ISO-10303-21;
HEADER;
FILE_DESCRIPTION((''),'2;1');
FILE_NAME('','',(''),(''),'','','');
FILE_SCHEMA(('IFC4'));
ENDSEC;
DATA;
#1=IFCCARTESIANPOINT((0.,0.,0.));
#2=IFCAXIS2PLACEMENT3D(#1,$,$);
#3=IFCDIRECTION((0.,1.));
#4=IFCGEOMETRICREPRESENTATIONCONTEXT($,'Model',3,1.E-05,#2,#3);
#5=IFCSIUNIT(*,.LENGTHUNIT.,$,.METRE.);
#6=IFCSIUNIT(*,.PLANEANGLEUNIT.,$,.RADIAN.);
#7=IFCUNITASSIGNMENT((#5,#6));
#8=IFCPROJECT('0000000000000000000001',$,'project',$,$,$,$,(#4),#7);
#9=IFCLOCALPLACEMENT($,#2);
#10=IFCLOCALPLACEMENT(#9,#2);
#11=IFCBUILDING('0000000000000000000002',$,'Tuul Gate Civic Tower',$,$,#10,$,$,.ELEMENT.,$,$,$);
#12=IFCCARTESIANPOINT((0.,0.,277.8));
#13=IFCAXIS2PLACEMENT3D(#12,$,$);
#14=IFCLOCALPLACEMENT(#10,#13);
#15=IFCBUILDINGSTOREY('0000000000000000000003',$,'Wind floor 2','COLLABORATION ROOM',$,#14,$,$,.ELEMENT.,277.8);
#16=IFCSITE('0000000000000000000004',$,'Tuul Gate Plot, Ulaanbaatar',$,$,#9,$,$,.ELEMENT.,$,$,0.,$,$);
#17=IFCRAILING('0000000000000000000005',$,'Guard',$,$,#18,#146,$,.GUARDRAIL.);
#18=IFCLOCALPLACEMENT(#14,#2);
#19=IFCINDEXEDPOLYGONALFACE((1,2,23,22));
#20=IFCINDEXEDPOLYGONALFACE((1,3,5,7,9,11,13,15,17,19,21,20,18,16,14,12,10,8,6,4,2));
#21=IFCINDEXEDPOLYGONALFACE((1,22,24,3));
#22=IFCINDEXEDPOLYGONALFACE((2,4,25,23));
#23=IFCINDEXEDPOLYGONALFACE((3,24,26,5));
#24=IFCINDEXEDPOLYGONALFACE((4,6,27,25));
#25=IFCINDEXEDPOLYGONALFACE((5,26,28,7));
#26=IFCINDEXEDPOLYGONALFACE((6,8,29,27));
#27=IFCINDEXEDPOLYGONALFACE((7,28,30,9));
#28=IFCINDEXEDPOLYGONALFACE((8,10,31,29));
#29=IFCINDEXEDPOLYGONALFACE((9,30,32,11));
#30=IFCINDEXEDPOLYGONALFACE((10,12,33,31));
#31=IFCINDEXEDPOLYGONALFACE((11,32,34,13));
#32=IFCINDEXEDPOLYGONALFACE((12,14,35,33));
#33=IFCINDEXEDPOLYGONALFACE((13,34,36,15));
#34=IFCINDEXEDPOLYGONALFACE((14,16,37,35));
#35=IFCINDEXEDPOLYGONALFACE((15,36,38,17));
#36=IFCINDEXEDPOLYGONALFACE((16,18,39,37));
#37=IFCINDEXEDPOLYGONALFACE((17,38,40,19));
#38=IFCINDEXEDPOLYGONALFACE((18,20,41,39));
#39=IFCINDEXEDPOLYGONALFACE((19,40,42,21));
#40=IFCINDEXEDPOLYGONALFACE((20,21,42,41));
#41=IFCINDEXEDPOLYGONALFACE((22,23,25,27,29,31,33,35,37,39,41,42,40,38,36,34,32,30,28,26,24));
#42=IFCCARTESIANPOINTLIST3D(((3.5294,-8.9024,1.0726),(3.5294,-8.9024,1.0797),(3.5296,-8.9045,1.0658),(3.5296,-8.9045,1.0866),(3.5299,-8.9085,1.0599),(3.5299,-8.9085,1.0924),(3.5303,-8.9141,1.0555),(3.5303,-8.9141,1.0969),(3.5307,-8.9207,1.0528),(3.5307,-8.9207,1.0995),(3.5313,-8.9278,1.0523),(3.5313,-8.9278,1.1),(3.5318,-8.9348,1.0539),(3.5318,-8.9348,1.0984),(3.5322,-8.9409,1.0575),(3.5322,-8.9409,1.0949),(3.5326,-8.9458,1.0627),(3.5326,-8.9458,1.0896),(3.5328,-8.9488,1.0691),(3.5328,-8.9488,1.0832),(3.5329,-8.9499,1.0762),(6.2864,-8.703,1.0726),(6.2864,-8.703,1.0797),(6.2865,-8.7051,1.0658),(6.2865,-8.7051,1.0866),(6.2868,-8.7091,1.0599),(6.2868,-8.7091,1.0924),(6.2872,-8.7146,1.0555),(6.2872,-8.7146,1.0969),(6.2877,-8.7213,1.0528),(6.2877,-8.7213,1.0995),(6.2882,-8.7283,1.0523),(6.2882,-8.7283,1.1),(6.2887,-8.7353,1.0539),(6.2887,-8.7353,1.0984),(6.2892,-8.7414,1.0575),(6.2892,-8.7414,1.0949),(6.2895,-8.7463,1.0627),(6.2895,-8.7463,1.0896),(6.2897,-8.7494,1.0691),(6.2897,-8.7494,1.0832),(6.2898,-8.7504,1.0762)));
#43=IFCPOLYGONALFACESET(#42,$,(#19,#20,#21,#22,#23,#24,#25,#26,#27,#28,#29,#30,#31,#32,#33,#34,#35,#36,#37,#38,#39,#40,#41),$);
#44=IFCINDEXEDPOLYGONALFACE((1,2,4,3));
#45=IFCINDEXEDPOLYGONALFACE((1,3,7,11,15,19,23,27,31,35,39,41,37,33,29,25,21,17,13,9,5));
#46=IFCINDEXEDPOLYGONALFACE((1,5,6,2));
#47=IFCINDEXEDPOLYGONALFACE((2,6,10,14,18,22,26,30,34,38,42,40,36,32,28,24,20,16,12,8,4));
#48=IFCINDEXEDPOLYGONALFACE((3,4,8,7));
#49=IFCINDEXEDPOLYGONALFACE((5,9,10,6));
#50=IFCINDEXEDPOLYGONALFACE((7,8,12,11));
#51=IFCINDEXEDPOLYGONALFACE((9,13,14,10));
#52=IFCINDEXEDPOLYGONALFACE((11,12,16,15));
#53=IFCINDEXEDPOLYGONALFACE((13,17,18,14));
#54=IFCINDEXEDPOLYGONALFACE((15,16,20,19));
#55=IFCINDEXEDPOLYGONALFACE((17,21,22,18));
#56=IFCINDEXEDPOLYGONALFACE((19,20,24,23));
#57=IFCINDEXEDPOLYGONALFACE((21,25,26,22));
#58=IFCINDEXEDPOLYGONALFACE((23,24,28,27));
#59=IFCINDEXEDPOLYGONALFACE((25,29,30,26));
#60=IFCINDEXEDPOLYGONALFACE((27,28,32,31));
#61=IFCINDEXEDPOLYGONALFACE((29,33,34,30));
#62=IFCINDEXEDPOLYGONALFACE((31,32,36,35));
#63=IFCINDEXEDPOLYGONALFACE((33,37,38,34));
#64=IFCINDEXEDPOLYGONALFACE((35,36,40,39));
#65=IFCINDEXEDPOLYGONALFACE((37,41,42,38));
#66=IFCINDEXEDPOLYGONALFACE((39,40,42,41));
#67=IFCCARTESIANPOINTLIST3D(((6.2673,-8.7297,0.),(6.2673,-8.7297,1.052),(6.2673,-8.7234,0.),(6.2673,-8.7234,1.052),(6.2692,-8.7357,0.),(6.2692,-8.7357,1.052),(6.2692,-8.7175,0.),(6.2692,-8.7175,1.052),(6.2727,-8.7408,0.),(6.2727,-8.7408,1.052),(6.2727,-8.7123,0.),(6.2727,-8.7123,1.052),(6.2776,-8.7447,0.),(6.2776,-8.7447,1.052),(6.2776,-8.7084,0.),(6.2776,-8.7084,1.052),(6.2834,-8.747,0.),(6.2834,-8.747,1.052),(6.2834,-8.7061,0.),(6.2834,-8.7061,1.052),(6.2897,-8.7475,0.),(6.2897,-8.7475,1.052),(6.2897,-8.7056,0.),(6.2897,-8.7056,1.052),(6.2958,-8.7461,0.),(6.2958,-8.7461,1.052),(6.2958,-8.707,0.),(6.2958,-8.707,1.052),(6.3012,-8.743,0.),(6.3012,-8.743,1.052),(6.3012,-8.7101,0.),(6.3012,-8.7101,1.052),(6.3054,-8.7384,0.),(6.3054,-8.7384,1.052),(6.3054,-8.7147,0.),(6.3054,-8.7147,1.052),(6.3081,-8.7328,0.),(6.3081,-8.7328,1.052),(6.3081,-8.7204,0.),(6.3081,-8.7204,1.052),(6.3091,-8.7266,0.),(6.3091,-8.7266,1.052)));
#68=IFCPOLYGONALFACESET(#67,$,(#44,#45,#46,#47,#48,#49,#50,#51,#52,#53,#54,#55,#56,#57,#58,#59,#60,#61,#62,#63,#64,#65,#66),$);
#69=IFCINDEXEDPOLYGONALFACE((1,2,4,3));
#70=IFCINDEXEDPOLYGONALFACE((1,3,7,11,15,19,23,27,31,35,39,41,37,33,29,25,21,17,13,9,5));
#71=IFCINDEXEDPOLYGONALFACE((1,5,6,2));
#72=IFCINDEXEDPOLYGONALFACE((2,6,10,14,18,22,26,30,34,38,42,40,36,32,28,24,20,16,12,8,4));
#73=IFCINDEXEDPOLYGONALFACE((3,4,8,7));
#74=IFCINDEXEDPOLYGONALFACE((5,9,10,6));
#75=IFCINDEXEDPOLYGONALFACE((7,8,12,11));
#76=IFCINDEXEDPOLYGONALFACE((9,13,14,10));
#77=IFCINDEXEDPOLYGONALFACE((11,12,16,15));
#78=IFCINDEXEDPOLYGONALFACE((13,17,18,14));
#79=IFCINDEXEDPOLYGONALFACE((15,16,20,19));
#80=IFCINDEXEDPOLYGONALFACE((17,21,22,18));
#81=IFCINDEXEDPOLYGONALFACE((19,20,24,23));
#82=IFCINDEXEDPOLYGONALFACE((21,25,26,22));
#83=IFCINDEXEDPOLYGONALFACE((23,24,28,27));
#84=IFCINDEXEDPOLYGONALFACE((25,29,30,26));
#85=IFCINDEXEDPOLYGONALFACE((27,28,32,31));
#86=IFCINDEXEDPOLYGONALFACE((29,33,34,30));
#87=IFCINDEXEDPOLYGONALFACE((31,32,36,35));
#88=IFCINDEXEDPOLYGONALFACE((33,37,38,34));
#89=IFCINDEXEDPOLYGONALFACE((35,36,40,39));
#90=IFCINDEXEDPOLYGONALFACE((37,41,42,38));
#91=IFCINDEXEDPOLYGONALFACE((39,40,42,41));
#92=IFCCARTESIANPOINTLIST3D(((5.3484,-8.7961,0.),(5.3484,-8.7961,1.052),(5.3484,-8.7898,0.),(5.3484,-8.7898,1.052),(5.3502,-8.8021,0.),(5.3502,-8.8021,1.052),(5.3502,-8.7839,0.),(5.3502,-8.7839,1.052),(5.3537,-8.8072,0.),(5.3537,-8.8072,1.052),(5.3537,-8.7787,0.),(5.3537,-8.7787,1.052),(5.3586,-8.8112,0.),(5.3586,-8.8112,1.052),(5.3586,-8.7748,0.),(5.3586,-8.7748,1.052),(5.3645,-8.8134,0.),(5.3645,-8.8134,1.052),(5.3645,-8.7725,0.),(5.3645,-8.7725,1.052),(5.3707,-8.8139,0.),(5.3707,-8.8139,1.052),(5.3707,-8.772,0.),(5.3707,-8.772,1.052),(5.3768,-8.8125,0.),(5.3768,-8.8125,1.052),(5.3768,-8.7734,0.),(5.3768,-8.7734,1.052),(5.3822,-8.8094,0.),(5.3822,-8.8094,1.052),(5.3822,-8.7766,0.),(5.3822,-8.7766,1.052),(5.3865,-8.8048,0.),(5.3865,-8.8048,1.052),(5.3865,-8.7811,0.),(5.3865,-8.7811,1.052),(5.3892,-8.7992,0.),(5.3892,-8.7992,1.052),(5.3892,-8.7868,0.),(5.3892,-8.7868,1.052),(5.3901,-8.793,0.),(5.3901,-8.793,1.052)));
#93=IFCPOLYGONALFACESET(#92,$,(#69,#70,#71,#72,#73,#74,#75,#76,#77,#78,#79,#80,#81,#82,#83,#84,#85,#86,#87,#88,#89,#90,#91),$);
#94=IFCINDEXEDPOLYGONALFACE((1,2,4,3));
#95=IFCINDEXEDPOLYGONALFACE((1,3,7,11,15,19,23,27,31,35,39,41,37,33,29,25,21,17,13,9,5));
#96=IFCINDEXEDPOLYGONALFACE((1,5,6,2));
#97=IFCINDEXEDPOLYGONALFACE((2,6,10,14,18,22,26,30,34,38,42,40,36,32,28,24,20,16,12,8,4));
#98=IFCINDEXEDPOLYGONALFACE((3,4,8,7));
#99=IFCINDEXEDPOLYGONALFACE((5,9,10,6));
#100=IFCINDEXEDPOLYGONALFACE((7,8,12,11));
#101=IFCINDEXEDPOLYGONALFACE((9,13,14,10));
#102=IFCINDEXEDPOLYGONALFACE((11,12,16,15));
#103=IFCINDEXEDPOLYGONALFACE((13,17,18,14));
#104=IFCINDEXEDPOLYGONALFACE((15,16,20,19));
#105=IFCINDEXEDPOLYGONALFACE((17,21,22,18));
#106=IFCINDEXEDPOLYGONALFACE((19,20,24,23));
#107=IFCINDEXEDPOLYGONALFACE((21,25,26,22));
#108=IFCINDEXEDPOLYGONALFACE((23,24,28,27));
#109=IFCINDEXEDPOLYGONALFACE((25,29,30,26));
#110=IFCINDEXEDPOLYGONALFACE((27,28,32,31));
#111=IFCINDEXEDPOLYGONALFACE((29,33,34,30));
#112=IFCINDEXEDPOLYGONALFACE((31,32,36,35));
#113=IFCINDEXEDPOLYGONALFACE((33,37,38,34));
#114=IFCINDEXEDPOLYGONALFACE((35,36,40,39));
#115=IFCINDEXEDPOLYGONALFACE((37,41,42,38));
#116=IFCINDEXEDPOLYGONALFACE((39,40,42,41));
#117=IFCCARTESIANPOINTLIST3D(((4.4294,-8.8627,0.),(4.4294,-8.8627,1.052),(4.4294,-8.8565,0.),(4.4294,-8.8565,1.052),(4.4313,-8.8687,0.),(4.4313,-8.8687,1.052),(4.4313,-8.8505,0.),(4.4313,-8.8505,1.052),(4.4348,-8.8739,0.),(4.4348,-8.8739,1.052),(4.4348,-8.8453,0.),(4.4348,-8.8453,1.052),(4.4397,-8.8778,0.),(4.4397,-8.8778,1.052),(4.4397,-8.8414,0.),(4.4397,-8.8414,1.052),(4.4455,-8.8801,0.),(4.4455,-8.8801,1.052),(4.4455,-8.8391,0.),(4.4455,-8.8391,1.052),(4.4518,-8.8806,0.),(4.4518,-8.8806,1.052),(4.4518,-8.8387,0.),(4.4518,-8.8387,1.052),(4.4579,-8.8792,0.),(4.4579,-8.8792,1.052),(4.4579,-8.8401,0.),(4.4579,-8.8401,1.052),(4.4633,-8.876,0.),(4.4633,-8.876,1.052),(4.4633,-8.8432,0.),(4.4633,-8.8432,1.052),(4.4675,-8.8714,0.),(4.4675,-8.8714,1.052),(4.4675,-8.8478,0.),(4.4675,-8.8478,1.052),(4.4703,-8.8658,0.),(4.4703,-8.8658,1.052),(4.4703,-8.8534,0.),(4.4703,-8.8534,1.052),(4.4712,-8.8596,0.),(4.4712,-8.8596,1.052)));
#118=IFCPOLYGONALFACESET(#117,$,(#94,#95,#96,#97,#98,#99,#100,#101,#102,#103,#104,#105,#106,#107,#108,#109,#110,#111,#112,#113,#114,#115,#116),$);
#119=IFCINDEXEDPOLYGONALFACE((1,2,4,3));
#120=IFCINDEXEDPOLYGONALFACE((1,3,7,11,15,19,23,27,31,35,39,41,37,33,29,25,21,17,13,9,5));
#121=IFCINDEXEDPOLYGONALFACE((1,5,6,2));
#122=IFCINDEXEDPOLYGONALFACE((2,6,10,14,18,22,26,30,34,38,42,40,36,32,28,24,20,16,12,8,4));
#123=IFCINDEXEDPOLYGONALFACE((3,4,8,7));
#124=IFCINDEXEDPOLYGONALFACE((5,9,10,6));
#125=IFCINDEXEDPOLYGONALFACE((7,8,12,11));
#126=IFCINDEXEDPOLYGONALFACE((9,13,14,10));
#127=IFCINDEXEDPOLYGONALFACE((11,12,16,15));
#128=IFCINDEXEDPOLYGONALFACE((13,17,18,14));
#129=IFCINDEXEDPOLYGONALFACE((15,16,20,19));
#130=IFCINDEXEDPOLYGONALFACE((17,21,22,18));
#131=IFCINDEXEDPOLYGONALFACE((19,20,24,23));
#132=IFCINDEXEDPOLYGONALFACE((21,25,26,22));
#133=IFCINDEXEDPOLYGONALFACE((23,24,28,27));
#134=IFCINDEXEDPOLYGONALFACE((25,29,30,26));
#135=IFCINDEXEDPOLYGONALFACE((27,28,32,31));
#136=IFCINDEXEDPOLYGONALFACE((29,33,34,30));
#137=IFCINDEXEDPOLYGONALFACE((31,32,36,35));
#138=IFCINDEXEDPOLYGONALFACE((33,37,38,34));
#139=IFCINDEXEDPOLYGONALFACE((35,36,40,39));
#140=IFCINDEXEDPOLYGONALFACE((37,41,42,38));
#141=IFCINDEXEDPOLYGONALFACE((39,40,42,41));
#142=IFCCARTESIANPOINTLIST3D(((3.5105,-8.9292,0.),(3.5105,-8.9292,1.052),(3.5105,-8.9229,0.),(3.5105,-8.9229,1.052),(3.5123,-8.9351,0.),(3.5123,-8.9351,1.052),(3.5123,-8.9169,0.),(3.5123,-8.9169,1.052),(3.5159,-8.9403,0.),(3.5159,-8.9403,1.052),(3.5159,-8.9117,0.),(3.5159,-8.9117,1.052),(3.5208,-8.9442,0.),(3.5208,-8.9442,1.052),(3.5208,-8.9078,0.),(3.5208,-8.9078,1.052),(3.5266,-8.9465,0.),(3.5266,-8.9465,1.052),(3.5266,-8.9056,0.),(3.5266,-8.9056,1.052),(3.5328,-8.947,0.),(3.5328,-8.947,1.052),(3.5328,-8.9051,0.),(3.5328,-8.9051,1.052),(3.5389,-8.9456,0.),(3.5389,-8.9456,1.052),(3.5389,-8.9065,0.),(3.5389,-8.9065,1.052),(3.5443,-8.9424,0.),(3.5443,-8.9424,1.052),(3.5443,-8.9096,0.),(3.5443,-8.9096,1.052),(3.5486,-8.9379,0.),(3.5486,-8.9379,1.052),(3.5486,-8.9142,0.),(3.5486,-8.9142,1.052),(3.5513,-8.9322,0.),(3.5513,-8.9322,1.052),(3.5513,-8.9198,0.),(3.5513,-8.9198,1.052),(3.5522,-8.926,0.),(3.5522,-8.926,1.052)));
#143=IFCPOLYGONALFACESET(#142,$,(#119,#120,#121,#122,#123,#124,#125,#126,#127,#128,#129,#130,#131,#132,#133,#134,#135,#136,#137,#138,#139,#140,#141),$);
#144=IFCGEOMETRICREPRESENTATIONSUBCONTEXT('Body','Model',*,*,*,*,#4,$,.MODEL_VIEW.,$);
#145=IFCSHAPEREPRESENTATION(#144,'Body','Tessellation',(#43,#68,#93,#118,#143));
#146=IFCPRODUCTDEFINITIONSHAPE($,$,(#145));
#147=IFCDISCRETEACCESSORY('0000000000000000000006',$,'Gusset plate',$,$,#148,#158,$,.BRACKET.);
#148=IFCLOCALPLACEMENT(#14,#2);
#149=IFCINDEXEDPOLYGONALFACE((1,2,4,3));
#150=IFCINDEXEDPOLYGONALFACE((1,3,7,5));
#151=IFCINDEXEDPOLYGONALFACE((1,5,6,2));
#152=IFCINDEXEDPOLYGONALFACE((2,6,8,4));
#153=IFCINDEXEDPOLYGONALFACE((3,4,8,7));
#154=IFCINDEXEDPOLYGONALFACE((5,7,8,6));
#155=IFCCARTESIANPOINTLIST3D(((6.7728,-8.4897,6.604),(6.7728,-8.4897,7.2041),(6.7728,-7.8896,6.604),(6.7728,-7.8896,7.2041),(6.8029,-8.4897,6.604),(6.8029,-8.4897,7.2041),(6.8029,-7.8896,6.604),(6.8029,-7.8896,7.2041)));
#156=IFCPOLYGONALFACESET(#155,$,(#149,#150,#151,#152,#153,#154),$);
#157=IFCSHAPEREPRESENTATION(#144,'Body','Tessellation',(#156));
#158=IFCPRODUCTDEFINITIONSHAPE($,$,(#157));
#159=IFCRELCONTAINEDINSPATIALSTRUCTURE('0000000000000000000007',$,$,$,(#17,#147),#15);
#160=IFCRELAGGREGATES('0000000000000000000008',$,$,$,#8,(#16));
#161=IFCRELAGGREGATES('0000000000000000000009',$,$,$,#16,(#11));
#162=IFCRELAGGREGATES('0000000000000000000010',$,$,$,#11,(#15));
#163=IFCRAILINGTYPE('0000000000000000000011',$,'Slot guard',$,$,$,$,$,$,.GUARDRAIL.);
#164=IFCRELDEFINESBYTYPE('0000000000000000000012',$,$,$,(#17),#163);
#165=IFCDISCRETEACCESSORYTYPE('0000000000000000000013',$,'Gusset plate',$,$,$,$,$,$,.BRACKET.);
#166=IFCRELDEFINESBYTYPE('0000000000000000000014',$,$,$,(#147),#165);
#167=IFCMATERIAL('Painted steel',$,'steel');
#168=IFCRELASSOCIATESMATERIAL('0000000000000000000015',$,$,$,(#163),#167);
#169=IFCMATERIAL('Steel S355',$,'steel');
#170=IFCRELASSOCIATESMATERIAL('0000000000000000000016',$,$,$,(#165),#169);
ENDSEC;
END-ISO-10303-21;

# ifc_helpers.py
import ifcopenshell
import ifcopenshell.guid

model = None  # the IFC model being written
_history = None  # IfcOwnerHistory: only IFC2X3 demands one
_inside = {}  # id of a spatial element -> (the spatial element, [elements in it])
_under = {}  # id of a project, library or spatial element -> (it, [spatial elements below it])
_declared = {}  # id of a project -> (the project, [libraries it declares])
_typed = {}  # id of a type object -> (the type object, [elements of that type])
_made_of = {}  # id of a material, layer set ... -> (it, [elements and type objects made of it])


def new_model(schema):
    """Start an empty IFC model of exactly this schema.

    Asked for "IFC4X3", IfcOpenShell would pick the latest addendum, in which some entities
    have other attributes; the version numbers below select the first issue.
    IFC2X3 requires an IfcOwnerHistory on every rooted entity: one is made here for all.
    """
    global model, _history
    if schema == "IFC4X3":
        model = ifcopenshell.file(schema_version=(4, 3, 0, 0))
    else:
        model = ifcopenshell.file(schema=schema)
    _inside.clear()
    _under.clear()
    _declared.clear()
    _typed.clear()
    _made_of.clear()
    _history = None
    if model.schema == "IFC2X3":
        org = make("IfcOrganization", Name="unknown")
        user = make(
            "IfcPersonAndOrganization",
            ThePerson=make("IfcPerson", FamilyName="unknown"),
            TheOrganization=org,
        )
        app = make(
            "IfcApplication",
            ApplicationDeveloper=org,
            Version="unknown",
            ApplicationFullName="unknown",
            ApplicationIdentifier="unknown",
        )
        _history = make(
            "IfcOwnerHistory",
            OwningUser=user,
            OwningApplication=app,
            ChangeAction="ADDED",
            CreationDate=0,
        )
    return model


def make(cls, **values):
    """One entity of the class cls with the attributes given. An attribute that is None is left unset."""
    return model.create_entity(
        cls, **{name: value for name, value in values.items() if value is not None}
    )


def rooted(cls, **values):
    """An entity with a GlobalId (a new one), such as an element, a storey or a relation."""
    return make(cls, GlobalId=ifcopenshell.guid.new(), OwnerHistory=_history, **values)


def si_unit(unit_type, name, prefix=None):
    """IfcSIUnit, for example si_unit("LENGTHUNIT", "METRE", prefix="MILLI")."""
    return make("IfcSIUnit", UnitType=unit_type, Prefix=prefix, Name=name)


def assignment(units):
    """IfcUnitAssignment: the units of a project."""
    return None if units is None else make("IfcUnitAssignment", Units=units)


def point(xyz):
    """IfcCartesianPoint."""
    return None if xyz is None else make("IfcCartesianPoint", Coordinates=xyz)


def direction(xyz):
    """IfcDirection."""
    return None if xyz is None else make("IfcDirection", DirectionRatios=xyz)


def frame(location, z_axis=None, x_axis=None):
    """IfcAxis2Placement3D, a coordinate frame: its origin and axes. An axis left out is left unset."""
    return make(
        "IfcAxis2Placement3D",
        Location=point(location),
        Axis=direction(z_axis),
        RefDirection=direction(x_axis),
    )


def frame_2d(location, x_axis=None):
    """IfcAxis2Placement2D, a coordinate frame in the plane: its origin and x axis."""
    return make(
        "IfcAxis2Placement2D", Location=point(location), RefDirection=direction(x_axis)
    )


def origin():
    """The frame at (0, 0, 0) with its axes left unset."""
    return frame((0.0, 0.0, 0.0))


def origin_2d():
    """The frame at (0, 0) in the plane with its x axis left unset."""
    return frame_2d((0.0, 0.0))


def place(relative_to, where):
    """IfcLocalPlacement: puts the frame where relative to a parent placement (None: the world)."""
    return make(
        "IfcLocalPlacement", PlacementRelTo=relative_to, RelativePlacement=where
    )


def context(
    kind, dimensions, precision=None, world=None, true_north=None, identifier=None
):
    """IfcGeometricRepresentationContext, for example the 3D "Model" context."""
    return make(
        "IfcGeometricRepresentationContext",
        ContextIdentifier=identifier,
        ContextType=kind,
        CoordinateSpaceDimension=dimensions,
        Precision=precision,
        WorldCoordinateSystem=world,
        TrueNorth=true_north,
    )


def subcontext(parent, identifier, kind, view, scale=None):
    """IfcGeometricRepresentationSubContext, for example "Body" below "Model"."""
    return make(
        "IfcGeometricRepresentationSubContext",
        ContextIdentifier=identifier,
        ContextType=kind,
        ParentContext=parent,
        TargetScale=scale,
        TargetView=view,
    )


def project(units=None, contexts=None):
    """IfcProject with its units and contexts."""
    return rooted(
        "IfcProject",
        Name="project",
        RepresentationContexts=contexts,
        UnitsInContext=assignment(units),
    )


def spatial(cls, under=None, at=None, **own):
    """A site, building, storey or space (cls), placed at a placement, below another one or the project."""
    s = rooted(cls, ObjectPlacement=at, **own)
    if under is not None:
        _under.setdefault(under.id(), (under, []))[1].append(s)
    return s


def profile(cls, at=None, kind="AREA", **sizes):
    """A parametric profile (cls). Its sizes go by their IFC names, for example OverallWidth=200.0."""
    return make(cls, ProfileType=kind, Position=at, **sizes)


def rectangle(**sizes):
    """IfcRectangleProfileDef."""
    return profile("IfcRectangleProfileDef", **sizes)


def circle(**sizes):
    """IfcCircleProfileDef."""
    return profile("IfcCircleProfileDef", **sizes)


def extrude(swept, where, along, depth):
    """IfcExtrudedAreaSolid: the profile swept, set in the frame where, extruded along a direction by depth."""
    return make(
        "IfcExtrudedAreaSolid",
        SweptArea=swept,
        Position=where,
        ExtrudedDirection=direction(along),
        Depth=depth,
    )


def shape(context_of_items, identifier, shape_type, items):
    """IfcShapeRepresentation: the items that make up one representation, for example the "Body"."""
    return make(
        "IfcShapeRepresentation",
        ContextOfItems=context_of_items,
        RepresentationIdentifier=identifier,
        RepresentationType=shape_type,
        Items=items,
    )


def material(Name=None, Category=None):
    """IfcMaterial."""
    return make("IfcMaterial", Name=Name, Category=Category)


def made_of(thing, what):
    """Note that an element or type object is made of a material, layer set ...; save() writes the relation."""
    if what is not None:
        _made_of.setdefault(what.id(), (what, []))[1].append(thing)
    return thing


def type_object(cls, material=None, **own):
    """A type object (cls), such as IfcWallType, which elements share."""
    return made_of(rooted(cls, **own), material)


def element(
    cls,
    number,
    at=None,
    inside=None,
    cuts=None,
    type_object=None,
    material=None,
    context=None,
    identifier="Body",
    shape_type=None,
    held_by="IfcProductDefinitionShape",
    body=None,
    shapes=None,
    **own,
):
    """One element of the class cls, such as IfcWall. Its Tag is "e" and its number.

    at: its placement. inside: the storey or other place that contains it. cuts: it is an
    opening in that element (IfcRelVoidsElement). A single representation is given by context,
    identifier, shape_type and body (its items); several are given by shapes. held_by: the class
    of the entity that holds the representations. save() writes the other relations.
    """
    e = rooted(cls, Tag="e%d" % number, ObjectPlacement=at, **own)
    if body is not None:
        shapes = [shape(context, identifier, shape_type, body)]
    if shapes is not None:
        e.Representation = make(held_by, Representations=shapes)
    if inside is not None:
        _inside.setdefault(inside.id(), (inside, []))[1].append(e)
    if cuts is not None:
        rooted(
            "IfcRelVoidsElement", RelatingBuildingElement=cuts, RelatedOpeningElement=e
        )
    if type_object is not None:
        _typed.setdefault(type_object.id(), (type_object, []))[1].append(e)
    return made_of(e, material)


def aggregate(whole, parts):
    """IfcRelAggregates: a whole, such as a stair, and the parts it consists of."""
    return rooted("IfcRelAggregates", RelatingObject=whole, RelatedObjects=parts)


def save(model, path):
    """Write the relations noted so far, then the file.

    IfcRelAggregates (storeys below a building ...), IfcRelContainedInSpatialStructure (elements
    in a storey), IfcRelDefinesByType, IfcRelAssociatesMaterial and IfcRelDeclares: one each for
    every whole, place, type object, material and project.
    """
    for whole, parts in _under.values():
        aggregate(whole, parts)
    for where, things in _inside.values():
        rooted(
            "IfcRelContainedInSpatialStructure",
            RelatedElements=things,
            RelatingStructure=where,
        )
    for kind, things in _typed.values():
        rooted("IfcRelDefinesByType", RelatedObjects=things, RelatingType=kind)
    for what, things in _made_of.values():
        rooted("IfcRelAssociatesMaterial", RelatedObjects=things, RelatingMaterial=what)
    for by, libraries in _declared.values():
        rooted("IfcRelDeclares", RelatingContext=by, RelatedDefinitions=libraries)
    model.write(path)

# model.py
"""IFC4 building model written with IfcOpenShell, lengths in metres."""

from ifc_helpers import new_model, si_unit, direction, frame, origin, origin_2d, place, context, subcontext, project, spatial, rectangle, circle, extrude, material, type_object, element, save


model = new_model("IFC4")

# Units and contexts
model_context = context("Model", 3, precision=1e-05, world=origin(), true_north=direction((0.0, 1.0)))
body_context = subcontext(model_context, "Body", "Model", "MODEL_VIEW")
ifc_project = project(units=[si_unit("LENGTHUNIT", "METRE"), si_unit("PLANEANGLEUNIT", "RADIAN")], contexts=[model_context])

# Site, building, storey
site_placement = place(None, origin())
site = spatial("IfcSite", under=ifc_project, at=site_placement, Name="Tuul Gate Plot, Ulaanbaatar", CompositionType="ELEMENT", RefElevation=0.0)
building_placement = place(site_placement, origin())
building = spatial("IfcBuilding", under=site, at=building_placement, Name="Tuul Gate Civic Tower", CompositionType="ELEMENT")
storey_placement = place(building_placement, frame((0.0, 0.0, 277.8)))
storey = spatial("IfcBuildingStorey", under=building, at=storey_placement, Name="Wind floor 2", Description="COLLABORATION ROOM", CompositionType="ELEMENT", Elevation=277.8)

# Railing
ifc_material_1 = material(Name="Painted steel", Category="steel")
railing_type = type_object("IfcRailingType", Name="Slot guard", PredefinedType="GUARDRAIL", material=ifc_material_1)
railing_1_placement = place(storey_placement, frame((6.2881, -8.7266, 0.0)))
element("IfcRailing", 1, at=railing_1_placement, inside=storey, type_object=railing_type, Name="Guard", PredefinedType="GUARDRAIL", context=body_context, shape_type="SweptSolid", body=[
    extrude(circle(Radius=0.0239, at=origin_2d()), frame((0.0, 0.0, 1.0762), z_axis=(-0.997393, -0.072163, 0.0), x_axis=(0.072163, -0.997393, 0.0)), (0.0, 0.0, 1.0), 2.7642),
    extrude(circle(Radius=0.021, at=origin_2d()), origin(), (0.0, 0.0, 1.0), 1.052),
    extrude(circle(Radius=0.021, at=origin_2d()), frame((-0.9189, -0.0664, 0.0)), (0.0, 0.0, 1.0), 1.052),
    extrude(circle(Radius=0.021, at=origin_2d()), frame((-1.8379, -0.1331, 0.0)), (0.0, 0.0, 1.0), 1.052),
    extrude(circle(Radius=0.021, at=origin_2d()), frame((-2.7568, -0.1995, 0.0)), (0.0, 0.0, 1.0), 1.052),
])

# Discrete accessory
ifc_material_2 = material(Name="Steel S355", Category="steel")
discrete_accessory_type = type_object("IfcDiscreteAccessoryType", Name="Gusset plate", PredefinedType="BRACKET", material=ifc_material_2)
discrete_accessory_placement = place(storey_placement, frame((6.7878, -8.1897, 6.604), z_axis=(0.0, 0.0, 1.0), x_axis=(0.0, 1.0, 0.0)))
element("IfcDiscreteAccessory", 2, at=discrete_accessory_placement, inside=storey, type_object=discrete_accessory_type, Name="Gusset plate", PredefinedType="BRACKET", context=body_context, shape_type="SweptSolid", body=[
    extrude(rectangle(XDim=0.6001, YDim=0.03, at=origin_2d()), origin(), (0.0, 0.0, 1.0), 0.6001),
])

save(model, "model.ifc")
